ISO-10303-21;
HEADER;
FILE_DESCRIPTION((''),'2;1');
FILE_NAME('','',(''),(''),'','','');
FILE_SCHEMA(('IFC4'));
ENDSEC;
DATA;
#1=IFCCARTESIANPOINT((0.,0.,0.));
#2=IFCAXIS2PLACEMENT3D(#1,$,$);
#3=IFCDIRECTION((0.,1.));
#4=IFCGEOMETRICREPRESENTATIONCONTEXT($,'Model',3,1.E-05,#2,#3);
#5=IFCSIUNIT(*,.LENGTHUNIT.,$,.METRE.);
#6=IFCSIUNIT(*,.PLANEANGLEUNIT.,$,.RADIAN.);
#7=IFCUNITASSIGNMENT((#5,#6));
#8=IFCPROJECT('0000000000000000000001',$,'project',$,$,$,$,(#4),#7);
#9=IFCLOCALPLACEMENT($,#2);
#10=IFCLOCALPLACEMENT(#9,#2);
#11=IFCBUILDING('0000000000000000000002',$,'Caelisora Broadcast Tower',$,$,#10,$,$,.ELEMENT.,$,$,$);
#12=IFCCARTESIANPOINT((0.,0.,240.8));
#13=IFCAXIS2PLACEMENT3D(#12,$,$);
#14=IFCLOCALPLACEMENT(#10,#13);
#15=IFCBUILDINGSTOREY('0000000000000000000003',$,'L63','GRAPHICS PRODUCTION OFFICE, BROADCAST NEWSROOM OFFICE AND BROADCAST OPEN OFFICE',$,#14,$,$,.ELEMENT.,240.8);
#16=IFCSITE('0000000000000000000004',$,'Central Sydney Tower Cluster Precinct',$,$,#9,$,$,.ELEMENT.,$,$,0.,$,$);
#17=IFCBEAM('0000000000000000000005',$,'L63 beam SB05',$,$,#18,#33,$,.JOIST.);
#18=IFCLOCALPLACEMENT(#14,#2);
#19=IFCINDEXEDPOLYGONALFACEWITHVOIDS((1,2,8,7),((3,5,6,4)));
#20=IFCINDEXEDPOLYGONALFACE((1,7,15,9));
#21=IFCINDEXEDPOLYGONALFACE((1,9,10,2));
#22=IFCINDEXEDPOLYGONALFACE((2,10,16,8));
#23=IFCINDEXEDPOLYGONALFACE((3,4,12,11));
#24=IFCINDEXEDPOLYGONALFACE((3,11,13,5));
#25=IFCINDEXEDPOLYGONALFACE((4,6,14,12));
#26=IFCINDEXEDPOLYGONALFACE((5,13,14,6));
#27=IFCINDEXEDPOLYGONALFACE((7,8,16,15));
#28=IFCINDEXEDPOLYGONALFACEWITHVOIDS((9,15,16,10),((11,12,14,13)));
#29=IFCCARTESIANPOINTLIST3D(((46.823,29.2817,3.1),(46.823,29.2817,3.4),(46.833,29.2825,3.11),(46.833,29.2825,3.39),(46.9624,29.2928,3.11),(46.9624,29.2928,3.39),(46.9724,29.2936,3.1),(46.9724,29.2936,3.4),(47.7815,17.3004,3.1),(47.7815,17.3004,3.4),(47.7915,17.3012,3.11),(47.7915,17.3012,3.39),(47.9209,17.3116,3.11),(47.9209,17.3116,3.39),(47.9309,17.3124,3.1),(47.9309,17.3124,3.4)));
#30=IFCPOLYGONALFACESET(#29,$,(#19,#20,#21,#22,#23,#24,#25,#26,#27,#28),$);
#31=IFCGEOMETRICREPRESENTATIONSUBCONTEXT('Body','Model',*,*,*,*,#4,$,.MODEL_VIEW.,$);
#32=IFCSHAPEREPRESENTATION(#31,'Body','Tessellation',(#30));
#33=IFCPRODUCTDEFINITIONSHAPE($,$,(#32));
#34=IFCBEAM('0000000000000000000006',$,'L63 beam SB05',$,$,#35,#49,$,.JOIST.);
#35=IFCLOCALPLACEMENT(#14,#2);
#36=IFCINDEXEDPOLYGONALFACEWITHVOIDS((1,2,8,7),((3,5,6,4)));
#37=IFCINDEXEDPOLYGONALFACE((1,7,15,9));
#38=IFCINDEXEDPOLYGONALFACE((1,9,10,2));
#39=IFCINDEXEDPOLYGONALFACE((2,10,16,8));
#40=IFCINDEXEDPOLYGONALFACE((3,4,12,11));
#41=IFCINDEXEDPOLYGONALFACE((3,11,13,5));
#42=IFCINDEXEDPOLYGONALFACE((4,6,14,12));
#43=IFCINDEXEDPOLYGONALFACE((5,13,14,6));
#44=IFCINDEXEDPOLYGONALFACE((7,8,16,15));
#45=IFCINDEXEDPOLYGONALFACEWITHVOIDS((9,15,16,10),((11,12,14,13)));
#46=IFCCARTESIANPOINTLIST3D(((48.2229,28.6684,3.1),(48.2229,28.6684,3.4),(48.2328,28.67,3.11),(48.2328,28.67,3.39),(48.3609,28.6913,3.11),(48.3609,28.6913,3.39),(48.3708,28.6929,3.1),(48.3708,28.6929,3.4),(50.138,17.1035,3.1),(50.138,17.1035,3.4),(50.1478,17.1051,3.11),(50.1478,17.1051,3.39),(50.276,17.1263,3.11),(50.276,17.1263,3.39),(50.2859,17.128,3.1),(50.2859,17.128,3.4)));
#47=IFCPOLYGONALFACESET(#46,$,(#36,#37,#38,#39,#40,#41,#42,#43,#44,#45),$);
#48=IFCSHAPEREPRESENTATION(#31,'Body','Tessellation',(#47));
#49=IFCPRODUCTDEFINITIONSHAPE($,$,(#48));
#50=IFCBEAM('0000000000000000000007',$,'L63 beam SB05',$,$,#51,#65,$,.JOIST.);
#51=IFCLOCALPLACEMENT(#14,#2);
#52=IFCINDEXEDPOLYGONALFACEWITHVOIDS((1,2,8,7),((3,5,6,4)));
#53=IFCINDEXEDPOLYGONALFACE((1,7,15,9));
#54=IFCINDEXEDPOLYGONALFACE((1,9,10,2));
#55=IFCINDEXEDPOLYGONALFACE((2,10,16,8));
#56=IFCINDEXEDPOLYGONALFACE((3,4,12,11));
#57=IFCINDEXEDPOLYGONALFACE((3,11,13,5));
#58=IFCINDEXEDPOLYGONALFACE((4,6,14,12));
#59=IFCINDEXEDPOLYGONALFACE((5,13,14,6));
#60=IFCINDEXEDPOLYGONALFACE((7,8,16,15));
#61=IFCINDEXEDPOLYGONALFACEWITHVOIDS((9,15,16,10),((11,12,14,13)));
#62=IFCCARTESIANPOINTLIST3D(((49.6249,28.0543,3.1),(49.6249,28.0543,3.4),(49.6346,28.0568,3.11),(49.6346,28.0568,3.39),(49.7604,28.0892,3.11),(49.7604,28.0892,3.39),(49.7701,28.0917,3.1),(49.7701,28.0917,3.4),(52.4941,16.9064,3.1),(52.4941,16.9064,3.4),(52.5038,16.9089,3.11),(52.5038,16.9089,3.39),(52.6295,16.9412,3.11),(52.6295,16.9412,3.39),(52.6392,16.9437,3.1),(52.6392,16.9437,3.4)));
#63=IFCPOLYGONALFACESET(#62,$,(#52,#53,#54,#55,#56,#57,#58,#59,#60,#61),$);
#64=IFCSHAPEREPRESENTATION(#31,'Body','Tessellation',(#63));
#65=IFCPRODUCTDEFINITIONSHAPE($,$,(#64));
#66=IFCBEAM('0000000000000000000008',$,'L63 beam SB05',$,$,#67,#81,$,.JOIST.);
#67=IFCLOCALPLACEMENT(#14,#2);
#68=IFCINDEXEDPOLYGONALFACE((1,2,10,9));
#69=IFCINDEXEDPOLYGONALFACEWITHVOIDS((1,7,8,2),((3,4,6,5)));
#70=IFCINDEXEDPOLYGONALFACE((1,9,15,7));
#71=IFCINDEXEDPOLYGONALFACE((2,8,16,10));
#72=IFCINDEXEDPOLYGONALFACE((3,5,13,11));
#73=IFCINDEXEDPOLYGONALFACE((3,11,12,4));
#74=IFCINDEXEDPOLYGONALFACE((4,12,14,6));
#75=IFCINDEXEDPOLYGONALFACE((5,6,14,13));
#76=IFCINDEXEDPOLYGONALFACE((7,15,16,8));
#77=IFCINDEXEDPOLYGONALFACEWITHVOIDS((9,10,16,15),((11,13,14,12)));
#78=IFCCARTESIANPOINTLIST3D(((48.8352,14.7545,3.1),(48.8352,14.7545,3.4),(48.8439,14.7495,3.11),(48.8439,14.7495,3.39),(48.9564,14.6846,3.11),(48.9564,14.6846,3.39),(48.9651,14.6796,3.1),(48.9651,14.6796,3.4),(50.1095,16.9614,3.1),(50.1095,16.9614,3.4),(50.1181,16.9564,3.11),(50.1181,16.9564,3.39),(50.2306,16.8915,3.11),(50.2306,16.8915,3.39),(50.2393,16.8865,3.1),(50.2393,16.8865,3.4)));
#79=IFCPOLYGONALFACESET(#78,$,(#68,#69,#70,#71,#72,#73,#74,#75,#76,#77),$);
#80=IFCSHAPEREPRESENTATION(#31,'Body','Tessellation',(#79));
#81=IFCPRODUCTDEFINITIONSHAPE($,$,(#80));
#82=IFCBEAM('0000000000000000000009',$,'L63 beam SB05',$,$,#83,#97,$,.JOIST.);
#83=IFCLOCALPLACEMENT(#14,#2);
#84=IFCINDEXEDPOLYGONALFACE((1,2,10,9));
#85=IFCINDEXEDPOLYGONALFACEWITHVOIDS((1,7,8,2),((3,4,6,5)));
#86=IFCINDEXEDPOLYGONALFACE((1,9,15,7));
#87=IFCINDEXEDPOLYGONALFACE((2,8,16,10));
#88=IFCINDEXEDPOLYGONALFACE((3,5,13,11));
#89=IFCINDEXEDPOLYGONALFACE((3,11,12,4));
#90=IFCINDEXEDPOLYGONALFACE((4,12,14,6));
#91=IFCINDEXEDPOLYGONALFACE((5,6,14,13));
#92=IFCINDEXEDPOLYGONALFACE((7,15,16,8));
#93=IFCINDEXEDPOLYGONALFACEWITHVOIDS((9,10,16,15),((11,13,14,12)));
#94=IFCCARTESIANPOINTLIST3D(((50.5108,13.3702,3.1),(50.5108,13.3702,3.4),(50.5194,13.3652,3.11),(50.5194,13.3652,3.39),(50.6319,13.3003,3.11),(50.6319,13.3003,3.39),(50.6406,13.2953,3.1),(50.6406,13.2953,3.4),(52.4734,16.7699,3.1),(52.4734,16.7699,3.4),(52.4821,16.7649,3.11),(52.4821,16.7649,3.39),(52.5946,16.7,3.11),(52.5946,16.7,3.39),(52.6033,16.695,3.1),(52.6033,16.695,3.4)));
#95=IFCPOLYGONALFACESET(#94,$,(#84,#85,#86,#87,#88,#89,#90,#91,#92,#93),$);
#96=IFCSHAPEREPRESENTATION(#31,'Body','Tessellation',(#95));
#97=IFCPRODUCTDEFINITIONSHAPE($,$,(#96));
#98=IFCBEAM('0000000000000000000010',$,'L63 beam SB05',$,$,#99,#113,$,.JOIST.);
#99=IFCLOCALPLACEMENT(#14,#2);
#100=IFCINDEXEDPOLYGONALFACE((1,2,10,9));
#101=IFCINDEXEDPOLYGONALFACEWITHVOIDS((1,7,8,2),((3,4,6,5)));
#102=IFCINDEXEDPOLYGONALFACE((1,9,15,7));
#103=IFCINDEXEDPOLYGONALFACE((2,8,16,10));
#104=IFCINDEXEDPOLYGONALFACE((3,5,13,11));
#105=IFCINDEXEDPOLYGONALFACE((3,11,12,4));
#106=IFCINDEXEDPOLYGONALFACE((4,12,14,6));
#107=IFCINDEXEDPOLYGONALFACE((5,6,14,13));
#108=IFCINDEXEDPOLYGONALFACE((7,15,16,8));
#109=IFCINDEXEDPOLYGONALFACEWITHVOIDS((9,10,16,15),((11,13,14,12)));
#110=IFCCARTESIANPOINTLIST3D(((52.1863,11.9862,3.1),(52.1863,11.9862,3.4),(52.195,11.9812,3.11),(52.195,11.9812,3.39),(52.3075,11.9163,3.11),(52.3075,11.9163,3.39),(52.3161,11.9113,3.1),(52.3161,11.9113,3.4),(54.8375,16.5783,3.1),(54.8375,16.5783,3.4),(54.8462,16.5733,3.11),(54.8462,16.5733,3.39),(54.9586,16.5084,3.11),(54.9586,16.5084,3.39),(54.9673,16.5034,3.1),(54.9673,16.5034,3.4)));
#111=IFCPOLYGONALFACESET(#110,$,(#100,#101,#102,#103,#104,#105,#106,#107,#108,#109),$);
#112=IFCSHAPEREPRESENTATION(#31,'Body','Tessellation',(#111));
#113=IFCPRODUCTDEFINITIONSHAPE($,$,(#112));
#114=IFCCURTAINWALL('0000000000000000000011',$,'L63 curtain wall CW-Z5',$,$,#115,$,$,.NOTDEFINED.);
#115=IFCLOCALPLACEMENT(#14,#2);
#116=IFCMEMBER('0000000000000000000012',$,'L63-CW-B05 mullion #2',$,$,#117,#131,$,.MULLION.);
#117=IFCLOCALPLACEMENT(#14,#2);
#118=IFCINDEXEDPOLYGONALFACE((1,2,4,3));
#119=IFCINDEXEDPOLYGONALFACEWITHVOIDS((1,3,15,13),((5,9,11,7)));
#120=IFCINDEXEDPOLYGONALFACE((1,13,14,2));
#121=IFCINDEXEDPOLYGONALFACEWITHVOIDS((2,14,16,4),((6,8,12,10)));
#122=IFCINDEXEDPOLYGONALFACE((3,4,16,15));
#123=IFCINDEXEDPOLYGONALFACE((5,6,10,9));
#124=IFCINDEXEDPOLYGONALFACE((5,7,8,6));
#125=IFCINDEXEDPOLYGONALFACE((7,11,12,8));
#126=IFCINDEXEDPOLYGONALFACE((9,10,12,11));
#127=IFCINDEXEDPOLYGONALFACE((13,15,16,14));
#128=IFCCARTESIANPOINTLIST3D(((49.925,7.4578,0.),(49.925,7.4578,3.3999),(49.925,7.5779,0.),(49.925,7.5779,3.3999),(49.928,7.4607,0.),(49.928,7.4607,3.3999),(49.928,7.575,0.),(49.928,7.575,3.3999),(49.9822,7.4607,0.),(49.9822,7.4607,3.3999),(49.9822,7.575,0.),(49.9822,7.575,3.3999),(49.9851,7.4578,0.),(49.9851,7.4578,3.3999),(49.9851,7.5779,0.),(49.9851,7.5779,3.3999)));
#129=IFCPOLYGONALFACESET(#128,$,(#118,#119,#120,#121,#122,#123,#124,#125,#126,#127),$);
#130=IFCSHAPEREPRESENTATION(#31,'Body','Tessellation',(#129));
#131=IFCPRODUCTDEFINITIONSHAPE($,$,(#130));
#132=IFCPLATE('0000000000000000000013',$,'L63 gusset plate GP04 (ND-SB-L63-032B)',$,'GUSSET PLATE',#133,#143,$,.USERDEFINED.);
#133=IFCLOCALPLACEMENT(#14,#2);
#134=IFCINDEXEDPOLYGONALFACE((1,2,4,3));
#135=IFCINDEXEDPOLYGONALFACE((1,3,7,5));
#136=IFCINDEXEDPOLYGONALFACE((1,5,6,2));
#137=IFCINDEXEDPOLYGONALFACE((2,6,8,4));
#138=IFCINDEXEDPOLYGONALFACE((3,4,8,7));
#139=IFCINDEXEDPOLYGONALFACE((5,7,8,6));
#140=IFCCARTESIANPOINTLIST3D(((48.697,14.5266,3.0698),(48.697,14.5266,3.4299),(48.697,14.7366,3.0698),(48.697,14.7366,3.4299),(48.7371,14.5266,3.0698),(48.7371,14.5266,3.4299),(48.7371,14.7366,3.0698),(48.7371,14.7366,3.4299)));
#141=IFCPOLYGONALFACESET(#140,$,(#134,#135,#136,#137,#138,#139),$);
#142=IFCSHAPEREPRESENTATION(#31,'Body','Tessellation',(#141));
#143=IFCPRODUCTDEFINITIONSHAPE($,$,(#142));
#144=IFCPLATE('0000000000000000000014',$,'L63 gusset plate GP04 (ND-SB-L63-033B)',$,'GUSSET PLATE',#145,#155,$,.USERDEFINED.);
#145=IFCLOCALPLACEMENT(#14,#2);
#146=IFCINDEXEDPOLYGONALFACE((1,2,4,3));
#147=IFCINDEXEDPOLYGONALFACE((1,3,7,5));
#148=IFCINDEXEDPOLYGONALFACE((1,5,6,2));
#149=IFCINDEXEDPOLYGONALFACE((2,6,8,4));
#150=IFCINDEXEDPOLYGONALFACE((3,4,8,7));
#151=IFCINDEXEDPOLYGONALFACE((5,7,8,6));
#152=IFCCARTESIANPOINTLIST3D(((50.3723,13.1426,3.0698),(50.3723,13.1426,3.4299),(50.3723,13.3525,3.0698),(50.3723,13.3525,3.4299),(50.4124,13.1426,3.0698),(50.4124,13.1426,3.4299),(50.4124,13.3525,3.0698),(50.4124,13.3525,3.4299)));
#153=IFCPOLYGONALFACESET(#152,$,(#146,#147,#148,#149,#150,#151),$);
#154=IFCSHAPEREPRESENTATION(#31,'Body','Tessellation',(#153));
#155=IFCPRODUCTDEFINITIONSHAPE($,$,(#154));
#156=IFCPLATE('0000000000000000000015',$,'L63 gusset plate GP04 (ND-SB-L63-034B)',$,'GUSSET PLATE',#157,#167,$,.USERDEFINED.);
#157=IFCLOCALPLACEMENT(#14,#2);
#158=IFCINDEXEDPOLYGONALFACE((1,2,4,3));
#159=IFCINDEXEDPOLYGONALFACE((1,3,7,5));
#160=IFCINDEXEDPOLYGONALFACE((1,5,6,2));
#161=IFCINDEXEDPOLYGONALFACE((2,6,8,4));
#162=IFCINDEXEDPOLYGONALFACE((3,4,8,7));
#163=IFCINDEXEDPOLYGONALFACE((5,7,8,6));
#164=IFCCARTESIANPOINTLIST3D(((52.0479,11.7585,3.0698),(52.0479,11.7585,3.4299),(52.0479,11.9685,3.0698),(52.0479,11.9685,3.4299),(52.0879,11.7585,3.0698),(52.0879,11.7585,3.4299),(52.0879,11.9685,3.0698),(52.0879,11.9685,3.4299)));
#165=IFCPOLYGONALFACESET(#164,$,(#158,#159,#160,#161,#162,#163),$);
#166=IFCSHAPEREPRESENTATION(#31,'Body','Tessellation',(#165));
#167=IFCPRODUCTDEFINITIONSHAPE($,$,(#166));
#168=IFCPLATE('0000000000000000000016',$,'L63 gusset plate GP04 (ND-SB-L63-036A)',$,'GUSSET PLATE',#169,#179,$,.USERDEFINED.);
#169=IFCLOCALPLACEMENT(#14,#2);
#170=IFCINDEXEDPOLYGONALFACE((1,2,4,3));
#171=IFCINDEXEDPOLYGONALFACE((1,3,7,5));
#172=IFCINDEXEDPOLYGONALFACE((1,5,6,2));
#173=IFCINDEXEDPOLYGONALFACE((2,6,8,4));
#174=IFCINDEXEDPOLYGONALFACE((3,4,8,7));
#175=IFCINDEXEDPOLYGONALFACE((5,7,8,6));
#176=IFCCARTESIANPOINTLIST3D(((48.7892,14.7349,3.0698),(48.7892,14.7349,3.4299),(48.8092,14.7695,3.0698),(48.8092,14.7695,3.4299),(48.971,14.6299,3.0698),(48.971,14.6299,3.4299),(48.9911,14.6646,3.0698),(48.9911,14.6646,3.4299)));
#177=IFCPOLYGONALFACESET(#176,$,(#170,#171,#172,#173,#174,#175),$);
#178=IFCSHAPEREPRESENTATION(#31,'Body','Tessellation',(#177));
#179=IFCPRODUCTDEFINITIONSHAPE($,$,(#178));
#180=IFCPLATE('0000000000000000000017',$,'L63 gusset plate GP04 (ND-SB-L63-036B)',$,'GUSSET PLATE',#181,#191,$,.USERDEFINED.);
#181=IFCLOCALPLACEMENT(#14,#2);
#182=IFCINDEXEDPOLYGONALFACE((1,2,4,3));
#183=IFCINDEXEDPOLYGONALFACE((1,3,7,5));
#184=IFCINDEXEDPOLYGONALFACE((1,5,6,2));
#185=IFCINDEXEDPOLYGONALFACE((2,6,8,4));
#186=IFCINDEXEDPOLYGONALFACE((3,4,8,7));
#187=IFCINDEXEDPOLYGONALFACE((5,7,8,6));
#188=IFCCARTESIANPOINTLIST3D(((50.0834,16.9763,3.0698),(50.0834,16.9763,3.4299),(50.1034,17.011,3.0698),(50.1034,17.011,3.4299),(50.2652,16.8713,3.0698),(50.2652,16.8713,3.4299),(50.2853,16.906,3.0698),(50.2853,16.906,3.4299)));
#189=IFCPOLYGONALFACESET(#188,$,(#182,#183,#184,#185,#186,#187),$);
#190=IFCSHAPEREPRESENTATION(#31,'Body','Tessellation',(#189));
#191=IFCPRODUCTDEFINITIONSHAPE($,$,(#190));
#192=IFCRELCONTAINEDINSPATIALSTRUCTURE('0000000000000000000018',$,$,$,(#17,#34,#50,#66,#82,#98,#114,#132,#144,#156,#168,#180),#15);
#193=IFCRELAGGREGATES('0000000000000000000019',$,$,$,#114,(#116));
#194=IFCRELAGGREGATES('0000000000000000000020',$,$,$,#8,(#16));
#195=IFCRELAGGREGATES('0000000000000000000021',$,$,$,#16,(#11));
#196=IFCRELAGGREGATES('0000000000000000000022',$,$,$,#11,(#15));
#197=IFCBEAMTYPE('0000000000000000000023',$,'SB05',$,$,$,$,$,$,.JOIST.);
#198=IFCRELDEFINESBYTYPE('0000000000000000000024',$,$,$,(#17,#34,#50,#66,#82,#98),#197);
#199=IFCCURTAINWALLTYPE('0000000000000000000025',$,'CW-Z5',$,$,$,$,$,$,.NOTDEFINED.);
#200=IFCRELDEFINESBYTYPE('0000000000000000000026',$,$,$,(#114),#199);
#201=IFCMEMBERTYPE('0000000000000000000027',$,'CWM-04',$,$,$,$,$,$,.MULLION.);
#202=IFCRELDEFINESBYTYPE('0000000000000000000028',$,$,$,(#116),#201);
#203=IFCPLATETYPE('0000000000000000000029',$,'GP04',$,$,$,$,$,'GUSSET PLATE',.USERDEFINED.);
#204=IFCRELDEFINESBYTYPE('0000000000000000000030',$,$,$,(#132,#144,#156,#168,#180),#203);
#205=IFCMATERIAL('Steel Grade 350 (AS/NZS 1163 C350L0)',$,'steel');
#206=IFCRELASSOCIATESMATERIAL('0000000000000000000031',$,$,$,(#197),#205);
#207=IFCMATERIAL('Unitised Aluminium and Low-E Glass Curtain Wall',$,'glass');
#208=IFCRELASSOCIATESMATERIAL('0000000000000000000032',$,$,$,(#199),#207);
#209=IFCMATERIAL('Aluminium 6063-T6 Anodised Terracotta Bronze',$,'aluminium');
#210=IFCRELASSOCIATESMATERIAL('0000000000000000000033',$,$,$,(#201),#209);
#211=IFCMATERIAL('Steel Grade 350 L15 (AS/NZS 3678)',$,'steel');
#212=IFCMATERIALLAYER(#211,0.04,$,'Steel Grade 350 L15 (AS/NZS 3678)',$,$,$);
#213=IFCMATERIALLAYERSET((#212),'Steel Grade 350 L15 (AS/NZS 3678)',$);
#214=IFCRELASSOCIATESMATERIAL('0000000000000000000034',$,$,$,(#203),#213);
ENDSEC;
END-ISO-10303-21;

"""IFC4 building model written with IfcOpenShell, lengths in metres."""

from ifc_helpers import new_model, si_unit, direction, frame, origin, origin_2d, place, context, subcontext, project, spatial, rectangle, hollow_rectangle, extrude, source, transform, mapped, material, layer, layer_set, material_profile, profile_set, type_object, type_shapes, element, aggregate, save


model = new_model("IFC4")

# Units and contexts
model_context = context("Model", 3, precision=1e-05, world=origin(), true_north=direction((0.0, 1.0)))
body_context = subcontext(model_context, "Body", "Model", "MODEL_VIEW")
ifc_project = project(units=[si_unit("LENGTHUNIT", "METRE"), si_unit("PLANEANGLEUNIT", "RADIAN")], contexts=[model_context])

# Site, building, storey
site_placement = place(None, origin())
site = spatial("IfcSite", under=ifc_project, at=site_placement, Name="Central Sydney Tower Cluster Precinct", CompositionType="ELEMENT", RefElevation=0.0)
building_placement = place(site_placement, origin())
building = spatial("IfcBuilding", under=site, at=building_placement, Name="Caelisora Broadcast Tower", CompositionType="ELEMENT")
storey_placement = place(building_placement, frame((0.0, 0.0, 240.8)))
storey = spatial("IfcBuildingStorey", under=building, at=storey_placement, Name="L63", Description="GRAPHICS PRODUCTION OFFICE, BROADCAST NEWSROOM OFFICE AND BROADCAST OPEN OFFICE", CompositionType="ELEMENT", Elevation=240.8)

# Beams
ifc_material_1 = material(Name="Steel Grade 350 (AS/NZS 1163 C350L0)", Category="steel")
ifc_material_profile_1 = material_profile(ifc_material_1, hollow_rectangle(XDim=0.1499, YDim=0.3, WallThickness=0.01, at=origin_2d()), Name="Steel Grade 350 (AS/NZS 1163 C350L0)")
ifc_profile_set_1 = profile_set([ifc_material_profile_1], Name="Steel Grade 350 (AS/NZS 1163 C350L0)")
beam_type = type_object("IfcBeamType", Name="SB05", PredefinedType="JOIST", material=ifc_profile_set_1)
shared_shape_1 = source(origin(), body_context, "Body", "SweptSolid", [
    extrude(hollow_rectangle(XDim=0.1499, YDim=0.3, WallThickness=0.01, at=origin_2d()), origin(), (0.0, 0.0, 1.0), 12.0195),
])
beam_1_placement = place(storey_placement, frame((47.8562, 17.3064, 3.25), z_axis=(-0.079745, 0.996815, 0.0), x_axis=(-0.996815, -0.079745, 0.0)))
element("IfcBeam", 1, at=beam_1_placement, inside=storey, type_object=beam_type, Name="L63 beam SB05", PredefinedType="JOIST", context=body_context, shape_type="MappedRepresentation", body=[
    mapped(shared_shape_1, transform((0.0, 0.0, 0.0), scale=1.0)),
])
shared_shape_2 = source(origin(), body_context, "Body", "SweptSolid", [
    extrude(hollow_rectangle(XDim=0.1499, YDim=0.3, WallThickness=0.01, at=origin_2d()), origin(), (0.0, 0.0, 1.0), 11.7224),
])
beam_2_placement = place(storey_placement, frame((50.2119, 17.1157, 3.25), z_axis=(-0.163365, 0.986566, 0.0), x_axis=(-0.986566, -0.163365, 0.0)))
element("IfcBeam", 2, at=beam_2_placement, inside=storey, type_object=beam_type, Name="L63 beam SB05", PredefinedType="JOIST", context=body_context, shape_type="MappedRepresentation", body=[
    mapped(shared_shape_2, transform((0.0, 0.0, 0.0), scale=1.0)),
])
shared_shape_3 = source(origin(), body_context, "Body", "SweptSolid", [
    extrude(hollow_rectangle(XDim=0.1499, YDim=0.3, WallThickness=0.01, at=origin_2d()), origin(), (0.0, 0.0, 1.0), 11.5112),
])
beam_3_placement = place(storey_placement, frame((52.5667, 16.925, 3.25), z_axis=(-0.249247, 0.96844, 0.0), x_axis=(-0.96844, -0.249247, 0.0)))
element("IfcBeam", 3, at=beam_3_placement, inside=storey, type_object=beam_type, Name="L63 beam SB05", PredefinedType="JOIST", context=body_context, shape_type="MappedRepresentation", body=[
    mapped(shared_shape_3, transform((0.0, 0.0, 0.0), scale=1.0)),
])
shared_shape_4 = source(origin(), body_context, "Body", "SweptSolid", [
    extrude(hollow_rectangle(XDim=0.1499, YDim=0.3, WallThickness=0.01, at=origin_2d()), origin(), (0.0, 0.0, 1.0), 2.5483),
])
beam_4_placement = place(storey_placement, frame((48.9001, 14.717, 3.25), z_axis=(0.500024, 0.866012, 0.0), x_axis=(-0.866012, 0.500024, 0.0)))
element("IfcBeam", 4, at=beam_4_placement, inside=storey, type_object=beam_type, Name="L63 beam SB05", PredefinedType="JOIST", context=body_context, shape_type="MappedRepresentation", body=[
    mapped(shared_shape_4, transform((0.0, 0.0, 0.0), scale=1.0)),
])
shared_shape_5 = source(origin(), body_context, "Body", "SweptSolid", [
    extrude(hollow_rectangle(XDim=0.1499, YDim=0.3, WallThickness=0.01, at=origin_2d()), origin(), (0.0, 0.0, 1.0), 3.9255),
])
beam_5_placement = place(storey_placement, frame((50.5757, 13.3328, 3.25), z_axis=(0.499972, 0.866042, 0.0), x_axis=(-0.866042, 0.499972, 0.0)))
element("IfcBeam", 5, at=beam_5_placement, inside=storey, type_object=beam_type, Name="L63 beam SB05", PredefinedType="JOIST", context=body_context, shape_type="MappedRepresentation", body=[
    mapped(shared_shape_5, transform((0.0, 0.0, 0.0), scale=1.0)),
])
shared_shape_6 = source(origin(), body_context, "Body", "SweptSolid", [
    extrude(hollow_rectangle(XDim=0.1499, YDim=0.3, WallThickness=0.01, at=origin_2d()), origin(), (0.0, 0.0, 1.0), 5.3025),
])
type_shapes(beam_type, [shared_shape_1, shared_shape_2, shared_shape_3, shared_shape_4, shared_shape_5, shared_shape_6])
beam_6_placement = place(storey_placement, frame((52.2512, 11.9487, 3.25), z_axis=(0.499987, 0.866033, 0.0), x_axis=(-0.866033, 0.499987, 0.0)))
element("IfcBeam", 6, at=beam_6_placement, inside=storey, type_object=beam_type, Name="L63 beam SB05", PredefinedType="JOIST", context=body_context, shape_type="MappedRepresentation", body=[
    mapped(shared_shape_6, transform((0.0, 0.0, 0.0), scale=1.0)),
])

# Curtain wall, member
ifc_material_2 = material(Name="Unitised Aluminium and Low-E Glass Curtain Wall", Category="glass")
curtain_wall_type = type_object("IfcCurtainWallType", Name="CW-Z5", PredefinedType="NOTDEFINED", material=ifc_material_2)
curtain_wall_placement = place(storey_placement, origin())
curtain_wall = element("IfcCurtainWall", 7, at=curtain_wall_placement, inside=storey, type_object=curtain_wall_type, Name="L63 curtain wall CW-Z5", PredefinedType="NOTDEFINED")
ifc_material_3 = material(Name="Aluminium 6063-T6 Anodised Terracotta Bronze", Category="aluminium")
ifc_material_profile_2 = material_profile(ifc_material_3, hollow_rectangle(XDim=0.0601, YDim=0.1201, WallThickness=0.0029, at=origin_2d()), Name="Aluminium 6063-T6 Anodised Terracotta Bronze")
ifc_profile_set_2 = profile_set([ifc_material_profile_2], Name="Aluminium 6063-T6 Anodised Terracotta Bronze")
member_type = type_object("IfcMemberType", Name="CWM-04", PredefinedType="MULLION", material=ifc_profile_set_2)
shared_shape_7 = source(origin(), body_context, "Body", "SweptSolid", [
    extrude(hollow_rectangle(XDim=0.0601, YDim=0.1201, WallThickness=0.0029, at=origin_2d()), origin(), (0.0, 0.0, 1.0), 3.3999),
])
type_shapes(member_type, [shared_shape_7])
member_placement = place(storey_placement, frame((49.9551, 7.5178, 0.0), z_axis=(0.0, 0.0, 1.0), x_axis=(1.0, 0.0, 0.0)))
member = element("IfcMember", 8, at=member_placement, type_object=member_type, Name="L63-CW-B05 mullion #2", PredefinedType="MULLION", context=body_context, shape_type="MappedRepresentation", body=[
    mapped(shared_shape_7, transform((0.0, 0.0, 0.0), scale=1.0)),
])

# Plates
ifc_material_4 = material(Name="Steel Grade 350 L15 (AS/NZS 3678)", Category="steel")
ifc_layer_1 = layer(ifc_material_4, 0.04, Name="Steel Grade 350 L15 (AS/NZS 3678)")
ifc_layer_set_1 = layer_set([ifc_layer_1], Name="Steel Grade 350 L15 (AS/NZS 3678)")
plate_type_1 = type_object("IfcPlateType", Name="GP04", ElementType="GUSSET PLATE", PredefinedType="USERDEFINED", material=ifc_layer_set_1)
shared_shape_8 = source(origin(), body_context, "Body", "SweptSolid", [
    extrude(rectangle(XDim=0.21, YDim=0.04, at=origin_2d()), origin(), (0.0, 0.0, 1.0), 0.3601),
])
type_shapes(plate_type_1, [shared_shape_8])
for number, where, z_axis, x_axis, name in (
    (9, (48.717, 14.6316, 3.0698), (0.0, 0.0, 1.0), (0.0, 1.0, 0.0), "L63 gusset plate GP04 (ND-SB-L63-032B)"),
    (10, (50.3923, 13.2476, 3.0698), (0.0, 0.0, 1.0), (0.0, 1.0, 0.0), "L63 gusset plate GP04 (ND-SB-L63-033B)"),
    (11, (52.0679, 11.8635, 3.0698), (0.0, 0.0, 1.0), (0.0, 1.0, 0.0), "L63 gusset plate GP04 (ND-SB-L63-034B)"),
    (12, (48.8901, 14.6997, 3.0698), (0.0, 0.0, 1.0), (-0.866025, 0.5, 0.0), "L63 gusset plate GP04 (ND-SB-L63-036A)"),
    (13, (50.1843, 16.9412, 3.0698), (0.0, 0.0, 1.0), (-0.866025, 0.5, 0.0), "L63 gusset plate GP04 (ND-SB-L63-036B)"),
):
    element("IfcPlate", number, at=place(storey_placement, frame(where, z_axis=z_axis, x_axis=x_axis)), inside=storey, type_object=plate_type_1, Name=name, ObjectType="GUSSET PLATE", PredefinedType="USERDEFINED", context=body_context, shape_type="MappedRepresentation", body=[
        mapped(shared_shape_8, transform((0.0, 0.0, 0.0), scale=1.0)),
    ])

aggregate(curtain_wall, [member])

save(model, "model.ifc")
